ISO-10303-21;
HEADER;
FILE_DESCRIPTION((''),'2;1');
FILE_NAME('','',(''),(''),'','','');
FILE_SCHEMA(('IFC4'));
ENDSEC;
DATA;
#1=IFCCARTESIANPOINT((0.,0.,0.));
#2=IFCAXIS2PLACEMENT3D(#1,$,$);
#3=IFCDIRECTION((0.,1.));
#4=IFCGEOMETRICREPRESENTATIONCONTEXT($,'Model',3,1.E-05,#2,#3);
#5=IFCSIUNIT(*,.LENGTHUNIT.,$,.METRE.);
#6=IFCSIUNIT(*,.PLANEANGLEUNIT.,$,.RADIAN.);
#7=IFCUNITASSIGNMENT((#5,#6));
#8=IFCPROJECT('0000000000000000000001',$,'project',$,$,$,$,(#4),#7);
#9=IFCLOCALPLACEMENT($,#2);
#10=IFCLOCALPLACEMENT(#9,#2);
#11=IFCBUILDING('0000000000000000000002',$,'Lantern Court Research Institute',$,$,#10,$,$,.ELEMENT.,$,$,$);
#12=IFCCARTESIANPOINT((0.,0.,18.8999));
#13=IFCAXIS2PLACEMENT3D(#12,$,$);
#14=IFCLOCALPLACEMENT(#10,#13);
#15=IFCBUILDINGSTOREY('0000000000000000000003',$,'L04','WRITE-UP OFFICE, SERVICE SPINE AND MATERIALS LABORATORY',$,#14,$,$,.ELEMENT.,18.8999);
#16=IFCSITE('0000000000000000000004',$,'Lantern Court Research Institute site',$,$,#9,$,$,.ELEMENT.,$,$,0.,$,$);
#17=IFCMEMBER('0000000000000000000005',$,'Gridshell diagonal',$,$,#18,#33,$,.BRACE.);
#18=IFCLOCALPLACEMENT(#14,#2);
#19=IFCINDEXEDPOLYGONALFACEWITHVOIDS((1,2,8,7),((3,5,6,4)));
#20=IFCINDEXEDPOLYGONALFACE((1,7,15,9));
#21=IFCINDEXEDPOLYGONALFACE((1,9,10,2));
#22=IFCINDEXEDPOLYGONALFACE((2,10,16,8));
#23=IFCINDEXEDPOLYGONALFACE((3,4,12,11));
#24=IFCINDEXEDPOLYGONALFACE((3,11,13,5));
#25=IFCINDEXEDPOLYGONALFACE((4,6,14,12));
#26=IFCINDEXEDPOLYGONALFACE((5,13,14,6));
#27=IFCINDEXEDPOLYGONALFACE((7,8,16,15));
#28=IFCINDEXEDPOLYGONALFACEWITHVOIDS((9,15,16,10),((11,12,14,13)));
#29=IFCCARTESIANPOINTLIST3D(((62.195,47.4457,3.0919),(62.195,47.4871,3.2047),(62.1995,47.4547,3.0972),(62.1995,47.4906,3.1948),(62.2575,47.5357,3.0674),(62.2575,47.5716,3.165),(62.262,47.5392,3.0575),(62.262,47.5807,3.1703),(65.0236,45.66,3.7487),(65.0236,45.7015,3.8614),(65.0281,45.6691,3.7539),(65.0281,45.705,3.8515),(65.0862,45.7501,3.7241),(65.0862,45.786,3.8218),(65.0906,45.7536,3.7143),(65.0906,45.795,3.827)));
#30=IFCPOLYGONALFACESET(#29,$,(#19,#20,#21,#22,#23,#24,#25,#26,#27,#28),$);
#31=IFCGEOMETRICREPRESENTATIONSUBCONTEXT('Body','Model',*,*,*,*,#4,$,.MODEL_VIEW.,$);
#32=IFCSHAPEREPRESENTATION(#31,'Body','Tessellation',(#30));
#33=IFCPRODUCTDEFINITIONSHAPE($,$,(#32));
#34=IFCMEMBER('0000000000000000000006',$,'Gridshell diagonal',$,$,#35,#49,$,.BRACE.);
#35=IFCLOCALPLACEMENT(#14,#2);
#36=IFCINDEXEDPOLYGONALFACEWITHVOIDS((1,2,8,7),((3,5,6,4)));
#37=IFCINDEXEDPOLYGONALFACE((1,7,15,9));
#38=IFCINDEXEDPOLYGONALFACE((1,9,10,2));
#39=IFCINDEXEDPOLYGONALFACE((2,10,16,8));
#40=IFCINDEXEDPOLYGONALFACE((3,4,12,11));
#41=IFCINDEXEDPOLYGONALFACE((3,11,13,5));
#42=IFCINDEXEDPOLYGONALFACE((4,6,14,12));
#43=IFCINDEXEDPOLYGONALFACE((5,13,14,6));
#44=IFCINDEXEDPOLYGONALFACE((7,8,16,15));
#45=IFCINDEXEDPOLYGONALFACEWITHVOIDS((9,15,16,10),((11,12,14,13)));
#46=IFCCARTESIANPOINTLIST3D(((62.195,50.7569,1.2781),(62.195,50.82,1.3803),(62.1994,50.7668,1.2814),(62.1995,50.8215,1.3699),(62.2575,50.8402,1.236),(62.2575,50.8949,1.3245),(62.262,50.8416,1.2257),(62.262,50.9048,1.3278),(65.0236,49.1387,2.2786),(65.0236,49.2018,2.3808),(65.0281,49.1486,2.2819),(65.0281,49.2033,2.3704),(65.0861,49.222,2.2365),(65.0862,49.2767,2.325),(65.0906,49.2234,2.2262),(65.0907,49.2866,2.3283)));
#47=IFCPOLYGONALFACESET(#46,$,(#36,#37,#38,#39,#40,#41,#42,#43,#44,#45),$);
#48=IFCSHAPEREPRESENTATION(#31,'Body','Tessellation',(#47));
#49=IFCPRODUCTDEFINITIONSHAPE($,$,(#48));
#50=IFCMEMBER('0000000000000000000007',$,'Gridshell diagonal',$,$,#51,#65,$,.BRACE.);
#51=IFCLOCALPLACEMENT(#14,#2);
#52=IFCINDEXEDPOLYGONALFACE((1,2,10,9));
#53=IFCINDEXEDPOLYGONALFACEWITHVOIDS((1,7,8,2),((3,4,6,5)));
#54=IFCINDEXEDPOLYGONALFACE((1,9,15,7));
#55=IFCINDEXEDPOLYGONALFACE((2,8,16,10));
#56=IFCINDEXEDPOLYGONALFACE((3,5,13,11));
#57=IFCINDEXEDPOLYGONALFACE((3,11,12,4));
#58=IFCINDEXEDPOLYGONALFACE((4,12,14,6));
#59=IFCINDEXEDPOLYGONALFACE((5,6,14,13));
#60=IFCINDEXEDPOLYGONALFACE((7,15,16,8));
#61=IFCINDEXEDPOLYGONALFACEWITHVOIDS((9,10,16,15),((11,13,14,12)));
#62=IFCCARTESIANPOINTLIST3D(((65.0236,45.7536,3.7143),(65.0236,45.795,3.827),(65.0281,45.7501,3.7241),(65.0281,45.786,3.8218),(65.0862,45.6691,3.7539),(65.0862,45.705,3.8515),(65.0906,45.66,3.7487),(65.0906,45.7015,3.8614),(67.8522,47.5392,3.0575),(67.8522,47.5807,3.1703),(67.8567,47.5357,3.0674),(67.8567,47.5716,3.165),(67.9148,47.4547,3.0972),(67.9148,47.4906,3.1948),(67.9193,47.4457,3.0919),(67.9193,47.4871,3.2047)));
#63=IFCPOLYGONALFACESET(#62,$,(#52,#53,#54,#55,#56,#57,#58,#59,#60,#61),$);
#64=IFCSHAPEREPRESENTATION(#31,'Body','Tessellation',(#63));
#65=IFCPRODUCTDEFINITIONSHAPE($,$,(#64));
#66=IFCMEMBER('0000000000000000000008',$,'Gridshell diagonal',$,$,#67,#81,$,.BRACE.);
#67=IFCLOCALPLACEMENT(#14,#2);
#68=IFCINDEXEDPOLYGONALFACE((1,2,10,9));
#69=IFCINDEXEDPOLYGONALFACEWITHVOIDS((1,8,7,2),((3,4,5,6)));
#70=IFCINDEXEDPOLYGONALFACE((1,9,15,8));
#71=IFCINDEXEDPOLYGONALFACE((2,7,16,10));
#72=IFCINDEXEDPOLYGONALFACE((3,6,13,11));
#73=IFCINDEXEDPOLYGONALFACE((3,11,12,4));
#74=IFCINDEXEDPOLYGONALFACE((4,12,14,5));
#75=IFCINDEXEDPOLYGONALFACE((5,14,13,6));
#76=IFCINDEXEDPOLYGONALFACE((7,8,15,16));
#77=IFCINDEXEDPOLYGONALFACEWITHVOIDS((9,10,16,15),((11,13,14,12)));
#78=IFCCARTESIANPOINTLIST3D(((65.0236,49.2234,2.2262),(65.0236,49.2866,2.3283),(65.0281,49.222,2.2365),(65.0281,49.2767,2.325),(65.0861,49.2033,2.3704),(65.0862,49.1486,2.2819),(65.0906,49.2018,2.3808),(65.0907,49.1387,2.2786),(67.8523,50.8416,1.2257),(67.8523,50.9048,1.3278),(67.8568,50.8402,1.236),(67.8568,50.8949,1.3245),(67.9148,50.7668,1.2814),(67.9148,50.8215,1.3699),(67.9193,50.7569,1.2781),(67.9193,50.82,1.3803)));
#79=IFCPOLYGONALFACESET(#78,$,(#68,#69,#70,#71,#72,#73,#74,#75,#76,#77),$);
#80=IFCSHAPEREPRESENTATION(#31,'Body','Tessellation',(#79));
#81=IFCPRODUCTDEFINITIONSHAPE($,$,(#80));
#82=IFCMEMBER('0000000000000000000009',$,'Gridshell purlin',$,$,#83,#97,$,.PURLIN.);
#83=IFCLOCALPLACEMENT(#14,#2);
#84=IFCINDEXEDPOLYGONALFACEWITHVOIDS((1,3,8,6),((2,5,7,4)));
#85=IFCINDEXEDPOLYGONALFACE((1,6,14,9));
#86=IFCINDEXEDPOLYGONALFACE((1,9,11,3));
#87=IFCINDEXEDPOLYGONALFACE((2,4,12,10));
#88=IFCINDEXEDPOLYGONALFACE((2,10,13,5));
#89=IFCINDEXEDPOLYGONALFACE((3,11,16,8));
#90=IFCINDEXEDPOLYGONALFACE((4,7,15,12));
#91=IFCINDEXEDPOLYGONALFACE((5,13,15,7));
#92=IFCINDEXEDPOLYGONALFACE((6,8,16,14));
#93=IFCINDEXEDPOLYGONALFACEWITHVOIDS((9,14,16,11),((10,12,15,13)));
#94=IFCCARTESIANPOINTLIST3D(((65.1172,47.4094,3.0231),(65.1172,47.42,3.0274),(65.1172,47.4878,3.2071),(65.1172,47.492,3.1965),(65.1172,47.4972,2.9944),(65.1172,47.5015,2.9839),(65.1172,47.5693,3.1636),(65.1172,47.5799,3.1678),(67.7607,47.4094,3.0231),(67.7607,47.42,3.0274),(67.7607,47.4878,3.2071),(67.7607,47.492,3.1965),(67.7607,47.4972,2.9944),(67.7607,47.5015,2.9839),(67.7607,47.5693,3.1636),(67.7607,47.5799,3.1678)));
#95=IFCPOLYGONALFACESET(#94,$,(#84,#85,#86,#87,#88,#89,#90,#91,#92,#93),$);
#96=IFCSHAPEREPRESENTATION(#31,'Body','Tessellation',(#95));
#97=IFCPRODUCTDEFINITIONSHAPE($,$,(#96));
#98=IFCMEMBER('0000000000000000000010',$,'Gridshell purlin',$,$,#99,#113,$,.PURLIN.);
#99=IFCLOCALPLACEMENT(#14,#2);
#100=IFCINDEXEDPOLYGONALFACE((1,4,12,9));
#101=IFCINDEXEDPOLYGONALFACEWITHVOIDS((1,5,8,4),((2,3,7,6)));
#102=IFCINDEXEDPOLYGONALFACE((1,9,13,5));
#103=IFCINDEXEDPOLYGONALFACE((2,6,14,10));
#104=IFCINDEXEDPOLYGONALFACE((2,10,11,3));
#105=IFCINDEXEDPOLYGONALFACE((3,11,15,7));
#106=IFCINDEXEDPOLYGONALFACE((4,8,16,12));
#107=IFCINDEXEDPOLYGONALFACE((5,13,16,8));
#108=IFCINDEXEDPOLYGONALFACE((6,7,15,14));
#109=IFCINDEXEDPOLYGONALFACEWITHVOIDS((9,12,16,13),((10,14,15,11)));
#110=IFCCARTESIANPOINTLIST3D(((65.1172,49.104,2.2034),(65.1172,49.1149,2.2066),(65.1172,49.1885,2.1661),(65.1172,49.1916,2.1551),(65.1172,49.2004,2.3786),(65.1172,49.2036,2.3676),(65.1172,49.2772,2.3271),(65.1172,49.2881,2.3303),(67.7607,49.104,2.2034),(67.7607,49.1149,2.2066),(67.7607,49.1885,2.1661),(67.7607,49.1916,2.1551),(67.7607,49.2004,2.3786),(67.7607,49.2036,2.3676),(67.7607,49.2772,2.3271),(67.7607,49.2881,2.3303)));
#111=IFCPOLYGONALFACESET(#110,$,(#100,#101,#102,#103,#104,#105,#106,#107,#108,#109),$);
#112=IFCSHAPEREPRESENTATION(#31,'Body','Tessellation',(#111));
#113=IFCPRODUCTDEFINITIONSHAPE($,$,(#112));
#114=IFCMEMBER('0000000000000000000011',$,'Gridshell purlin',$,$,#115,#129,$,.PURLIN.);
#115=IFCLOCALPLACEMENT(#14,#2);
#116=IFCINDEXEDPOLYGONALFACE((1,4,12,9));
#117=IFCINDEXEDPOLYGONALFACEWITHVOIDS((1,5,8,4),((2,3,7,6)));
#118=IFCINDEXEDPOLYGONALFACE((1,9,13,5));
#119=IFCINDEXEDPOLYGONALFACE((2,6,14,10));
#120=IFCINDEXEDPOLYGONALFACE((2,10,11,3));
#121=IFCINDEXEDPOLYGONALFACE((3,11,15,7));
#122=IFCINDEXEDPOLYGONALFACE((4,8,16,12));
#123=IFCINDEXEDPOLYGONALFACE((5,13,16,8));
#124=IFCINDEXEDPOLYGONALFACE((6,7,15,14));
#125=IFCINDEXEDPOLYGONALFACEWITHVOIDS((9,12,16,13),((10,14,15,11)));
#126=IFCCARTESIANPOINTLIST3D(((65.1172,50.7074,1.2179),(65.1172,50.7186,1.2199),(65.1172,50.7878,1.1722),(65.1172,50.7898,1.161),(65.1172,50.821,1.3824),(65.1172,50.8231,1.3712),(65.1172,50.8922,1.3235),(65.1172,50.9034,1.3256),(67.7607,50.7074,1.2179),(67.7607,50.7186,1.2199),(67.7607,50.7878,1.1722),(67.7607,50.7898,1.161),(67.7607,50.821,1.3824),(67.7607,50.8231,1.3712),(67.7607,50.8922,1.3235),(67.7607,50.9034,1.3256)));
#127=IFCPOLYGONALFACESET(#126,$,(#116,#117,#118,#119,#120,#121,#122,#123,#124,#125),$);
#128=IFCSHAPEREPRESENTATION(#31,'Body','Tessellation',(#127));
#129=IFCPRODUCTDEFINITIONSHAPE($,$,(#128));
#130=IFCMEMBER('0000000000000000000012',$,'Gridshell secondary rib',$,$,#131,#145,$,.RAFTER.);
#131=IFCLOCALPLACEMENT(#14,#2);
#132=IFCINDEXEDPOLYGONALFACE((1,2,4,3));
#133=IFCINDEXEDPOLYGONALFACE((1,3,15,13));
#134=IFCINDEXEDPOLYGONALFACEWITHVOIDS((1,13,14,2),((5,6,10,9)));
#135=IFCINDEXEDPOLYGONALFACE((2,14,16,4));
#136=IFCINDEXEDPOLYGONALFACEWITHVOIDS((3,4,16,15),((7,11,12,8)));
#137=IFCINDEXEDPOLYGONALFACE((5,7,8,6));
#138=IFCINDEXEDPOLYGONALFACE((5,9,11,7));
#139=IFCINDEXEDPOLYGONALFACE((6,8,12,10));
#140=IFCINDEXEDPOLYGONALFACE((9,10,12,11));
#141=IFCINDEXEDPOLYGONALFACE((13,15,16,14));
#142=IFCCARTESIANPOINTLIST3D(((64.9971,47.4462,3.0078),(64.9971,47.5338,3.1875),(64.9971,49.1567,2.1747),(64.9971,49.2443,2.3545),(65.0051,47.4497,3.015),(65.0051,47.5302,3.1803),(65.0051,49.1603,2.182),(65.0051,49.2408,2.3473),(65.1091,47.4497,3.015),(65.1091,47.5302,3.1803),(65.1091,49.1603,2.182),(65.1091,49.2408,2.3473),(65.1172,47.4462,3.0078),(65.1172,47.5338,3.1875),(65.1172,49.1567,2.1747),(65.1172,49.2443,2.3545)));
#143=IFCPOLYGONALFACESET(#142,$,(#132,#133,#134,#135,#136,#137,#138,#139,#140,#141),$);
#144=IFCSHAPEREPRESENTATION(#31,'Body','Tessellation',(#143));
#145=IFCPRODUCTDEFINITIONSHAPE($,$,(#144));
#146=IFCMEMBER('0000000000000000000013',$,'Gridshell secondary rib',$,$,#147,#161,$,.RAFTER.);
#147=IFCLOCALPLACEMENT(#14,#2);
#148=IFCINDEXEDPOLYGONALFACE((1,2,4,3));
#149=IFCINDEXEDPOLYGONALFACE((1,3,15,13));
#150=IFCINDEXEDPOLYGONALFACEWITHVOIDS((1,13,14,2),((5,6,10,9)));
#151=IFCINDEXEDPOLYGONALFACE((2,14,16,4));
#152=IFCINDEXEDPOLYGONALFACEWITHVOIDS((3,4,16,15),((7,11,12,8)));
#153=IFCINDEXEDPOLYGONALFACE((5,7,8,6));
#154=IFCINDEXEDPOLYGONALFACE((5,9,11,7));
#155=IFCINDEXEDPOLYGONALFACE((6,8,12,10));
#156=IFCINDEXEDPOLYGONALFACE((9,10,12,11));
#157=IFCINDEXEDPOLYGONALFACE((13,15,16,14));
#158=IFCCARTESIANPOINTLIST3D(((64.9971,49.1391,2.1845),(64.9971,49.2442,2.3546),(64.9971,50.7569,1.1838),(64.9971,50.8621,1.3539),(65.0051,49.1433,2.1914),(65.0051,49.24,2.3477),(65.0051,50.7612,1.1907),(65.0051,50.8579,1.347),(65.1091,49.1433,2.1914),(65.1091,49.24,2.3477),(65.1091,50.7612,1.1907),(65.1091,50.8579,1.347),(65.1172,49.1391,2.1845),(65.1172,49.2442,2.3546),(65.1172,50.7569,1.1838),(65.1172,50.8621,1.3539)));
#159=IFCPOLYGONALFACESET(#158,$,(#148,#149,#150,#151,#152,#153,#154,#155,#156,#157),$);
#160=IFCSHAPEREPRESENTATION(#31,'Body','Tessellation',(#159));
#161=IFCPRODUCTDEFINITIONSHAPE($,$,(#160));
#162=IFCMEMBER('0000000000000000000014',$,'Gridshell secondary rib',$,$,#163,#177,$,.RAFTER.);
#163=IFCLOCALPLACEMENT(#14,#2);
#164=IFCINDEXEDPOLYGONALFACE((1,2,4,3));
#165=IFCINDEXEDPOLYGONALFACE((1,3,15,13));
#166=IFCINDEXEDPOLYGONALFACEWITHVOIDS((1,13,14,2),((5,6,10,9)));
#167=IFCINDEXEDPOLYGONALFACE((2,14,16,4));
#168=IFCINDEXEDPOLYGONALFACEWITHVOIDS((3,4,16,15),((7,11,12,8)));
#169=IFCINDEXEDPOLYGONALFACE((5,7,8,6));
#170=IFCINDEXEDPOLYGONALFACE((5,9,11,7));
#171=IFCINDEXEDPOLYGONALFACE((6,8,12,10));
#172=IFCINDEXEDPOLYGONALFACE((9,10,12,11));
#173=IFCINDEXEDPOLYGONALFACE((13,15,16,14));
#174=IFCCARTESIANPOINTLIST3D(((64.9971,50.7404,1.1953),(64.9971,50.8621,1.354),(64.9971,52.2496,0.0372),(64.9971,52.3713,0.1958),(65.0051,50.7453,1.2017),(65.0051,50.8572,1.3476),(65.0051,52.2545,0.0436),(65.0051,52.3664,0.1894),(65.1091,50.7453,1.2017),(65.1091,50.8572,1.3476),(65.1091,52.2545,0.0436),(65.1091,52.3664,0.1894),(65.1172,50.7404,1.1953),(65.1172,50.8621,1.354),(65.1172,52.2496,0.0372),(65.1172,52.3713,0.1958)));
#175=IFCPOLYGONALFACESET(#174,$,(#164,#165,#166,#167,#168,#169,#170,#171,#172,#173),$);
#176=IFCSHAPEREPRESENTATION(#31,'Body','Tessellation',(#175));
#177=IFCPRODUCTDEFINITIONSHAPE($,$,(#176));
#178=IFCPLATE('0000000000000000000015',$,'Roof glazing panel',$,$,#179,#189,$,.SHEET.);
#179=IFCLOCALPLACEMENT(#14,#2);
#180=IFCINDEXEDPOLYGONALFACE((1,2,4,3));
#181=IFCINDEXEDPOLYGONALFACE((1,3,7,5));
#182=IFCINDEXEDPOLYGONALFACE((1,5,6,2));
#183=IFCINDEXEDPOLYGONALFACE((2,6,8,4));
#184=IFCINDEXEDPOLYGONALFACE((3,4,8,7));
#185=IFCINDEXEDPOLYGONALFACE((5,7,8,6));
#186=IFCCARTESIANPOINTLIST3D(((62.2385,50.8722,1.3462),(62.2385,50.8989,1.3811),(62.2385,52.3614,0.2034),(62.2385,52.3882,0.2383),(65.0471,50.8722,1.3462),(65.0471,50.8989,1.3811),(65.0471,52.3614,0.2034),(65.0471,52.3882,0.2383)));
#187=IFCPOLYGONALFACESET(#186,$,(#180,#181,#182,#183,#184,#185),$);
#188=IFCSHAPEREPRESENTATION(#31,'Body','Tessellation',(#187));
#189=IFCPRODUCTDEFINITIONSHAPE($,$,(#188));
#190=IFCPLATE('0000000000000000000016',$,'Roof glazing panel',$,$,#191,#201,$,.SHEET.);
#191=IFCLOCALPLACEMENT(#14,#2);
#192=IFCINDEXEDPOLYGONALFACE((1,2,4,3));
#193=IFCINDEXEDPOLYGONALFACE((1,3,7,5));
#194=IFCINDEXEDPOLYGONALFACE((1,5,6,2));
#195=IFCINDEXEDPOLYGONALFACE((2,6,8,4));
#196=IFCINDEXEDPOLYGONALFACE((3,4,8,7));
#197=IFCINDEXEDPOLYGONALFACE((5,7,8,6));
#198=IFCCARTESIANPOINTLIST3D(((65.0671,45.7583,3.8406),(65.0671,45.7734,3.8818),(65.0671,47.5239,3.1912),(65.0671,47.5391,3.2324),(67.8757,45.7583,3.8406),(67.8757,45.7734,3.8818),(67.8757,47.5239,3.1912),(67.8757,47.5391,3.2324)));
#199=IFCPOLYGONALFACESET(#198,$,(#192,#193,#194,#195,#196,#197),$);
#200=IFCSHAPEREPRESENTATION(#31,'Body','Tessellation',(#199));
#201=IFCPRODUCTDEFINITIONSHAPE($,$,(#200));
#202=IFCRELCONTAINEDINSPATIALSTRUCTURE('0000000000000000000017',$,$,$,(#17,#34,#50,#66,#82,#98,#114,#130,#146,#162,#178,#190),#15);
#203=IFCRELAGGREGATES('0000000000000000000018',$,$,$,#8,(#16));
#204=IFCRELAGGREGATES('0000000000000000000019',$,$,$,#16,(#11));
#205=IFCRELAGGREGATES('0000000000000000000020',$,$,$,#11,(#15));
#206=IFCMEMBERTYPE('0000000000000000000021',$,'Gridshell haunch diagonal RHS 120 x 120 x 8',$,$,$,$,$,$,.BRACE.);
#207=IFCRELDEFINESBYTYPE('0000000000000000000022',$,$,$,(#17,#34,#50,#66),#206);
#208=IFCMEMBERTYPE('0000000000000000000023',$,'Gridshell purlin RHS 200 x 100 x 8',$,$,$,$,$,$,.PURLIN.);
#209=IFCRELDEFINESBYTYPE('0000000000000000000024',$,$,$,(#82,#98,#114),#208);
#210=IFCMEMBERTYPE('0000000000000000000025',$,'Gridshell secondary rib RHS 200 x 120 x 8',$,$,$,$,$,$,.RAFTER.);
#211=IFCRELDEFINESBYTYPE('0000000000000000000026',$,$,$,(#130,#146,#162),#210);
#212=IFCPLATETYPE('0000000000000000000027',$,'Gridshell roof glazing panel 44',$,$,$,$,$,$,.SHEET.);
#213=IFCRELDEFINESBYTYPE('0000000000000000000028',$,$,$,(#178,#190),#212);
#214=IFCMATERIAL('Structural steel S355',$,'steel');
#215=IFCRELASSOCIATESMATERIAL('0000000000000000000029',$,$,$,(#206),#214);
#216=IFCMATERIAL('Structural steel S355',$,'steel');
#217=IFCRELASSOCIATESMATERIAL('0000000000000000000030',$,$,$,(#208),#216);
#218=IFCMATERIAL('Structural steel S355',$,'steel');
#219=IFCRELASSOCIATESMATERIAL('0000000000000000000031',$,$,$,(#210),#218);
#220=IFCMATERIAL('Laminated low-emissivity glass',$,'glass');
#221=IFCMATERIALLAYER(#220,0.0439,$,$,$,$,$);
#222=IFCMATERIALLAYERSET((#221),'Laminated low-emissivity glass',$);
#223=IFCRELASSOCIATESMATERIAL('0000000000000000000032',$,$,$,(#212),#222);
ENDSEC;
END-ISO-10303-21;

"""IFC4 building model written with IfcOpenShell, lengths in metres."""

from ifc_helpers import new_model, si_unit, direction, frame, origin, origin_2d, place, context, subcontext, project, spatial, polyline, hollow_rectangle, outline, extrude, material, layer, layer_set, material_profile, profile_set, type_object, element, save


model = new_model("IFC4")

# Units and contexts
model_context = context("Model", 3, precision=1e-05, world=origin(), true_north=direction((0.0, 1.0)))
body_context = subcontext(model_context, "Body", "Model", "MODEL_VIEW")
ifc_project = project(units=[si_unit("LENGTHUNIT", "METRE"), si_unit("PLANEANGLEUNIT", "RADIAN")], contexts=[model_context])

# Site, building, storey
site_placement = place(None, origin())
site = spatial("IfcSite", under=ifc_project, at=site_placement, Name="Lantern Court Research Institute site", CompositionType="ELEMENT", RefElevation=0.0)
building_placement = place(site_placement, origin())
building = spatial("IfcBuilding", under=site, at=building_placement, Name="Lantern Court Research Institute", CompositionType="ELEMENT")
storey_placement = place(building_placement, frame((0.0, 0.0, 18.8999)))
storey = spatial("IfcBuildingStorey", under=building, at=storey_placement, Name="L04", Description="WRITE-UP OFFICE, SERVICE SPINE AND MATERIALS LABORATORY", CompositionType="ELEMENT", Elevation=18.8999)

# Members
ifc_material_1 = material(Name="Structural steel S355", Category="steel")
ifc_material_profile_1 = material_profile(ifc_material_1, hollow_rectangle(XDim=0.1201, YDim=0.1201, WallThickness=0.0081, at=origin_2d()), Name="Gridshell haunch diagonal RHS 120 x 120 x 8")
ifc_profile_set_1 = profile_set([ifc_material_profile_1], Name="Structural steel S355")
member_type_1 = type_object("IfcMemberType", Name="Gridshell haunch diagonal RHS 120 x 120 x 8", PredefinedType="BRACE", material=ifc_profile_set_1)
for number, where, z_axis, x_axis, name in (
    (1, (65.0571, 45.7275, 3.7878), (-0.829763, 0.523812, -0.192652), (-0.558116, -0.778754, 0.28644), "Gridshell diagonal"),
    (2, (65.0571, 49.2126, 2.3035), (-0.829777, 0.47469, -0.293494), (-0.558095, -0.705724, 0.436444), "Gridshell diagonal"),
    (3, (65.0571, 45.7275, 3.7878), (0.829763, 0.523812, -0.192652), (-0.558116, 0.778754, -0.28644), "Gridshell diagonal"),
    (4, (65.0571, 49.2126, 2.3035), (0.829777, 0.47469, -0.293494), (-0.558095, 0.705724, -0.436444), "Gridshell diagonal"),
):
    element("IfcMember", number, at=place(storey_placement, frame(where, z_axis=z_axis, x_axis=x_axis)), inside=storey, type_object=member_type_1, Name=name, PredefinedType="BRACE", context=body_context, shape_type="SweptSolid", body=[
        extrude(hollow_rectangle(XDim=0.1201, YDim=0.1201, WallThickness=0.0081, at=origin_2d()), origin(), (0.0, 0.0, 1.0), 3.4089),
    ])
ifc_material_2 = material(Name="Structural steel S355", Category="steel")
ifc_material_profile_2 = material_profile(ifc_material_2, hollow_rectangle(XDim=0.1001, YDim=0.2, WallThickness=0.0081, at=origin_2d()), Name="Gridshell purlin RHS 200 x 100 x 8")
ifc_profile_set_2 = profile_set([ifc_material_profile_2], Name="Structural steel S355")
member_type_2 = type_object("IfcMemberType", Name="Gridshell purlin RHS 200 x 100 x 8", PredefinedType="PURLIN", material=ifc_profile_set_2)
for number, where, z_axis, x_axis, name in (
    (5, (65.1172, 47.4946, 3.0955), (1.0, 0.0, 0.0), (0.0, 0.919966, -0.391999), "Gridshell purlin"),
    (6, (65.1172, 49.196, 2.2668), (1.0, 0.0, 0.0), (0.0, 0.875897, -0.482497), "Gridshell purlin"),
    (7, (65.1172, 50.8054, 1.2717), (1.0, 0.0, 0.0), (0.0, 0.822954, -0.568108), "Gridshell purlin"),
):
    element("IfcMember", number, at=place(storey_placement, frame(where, z_axis=z_axis, x_axis=x_axis)), inside=storey, type_object=member_type_2, Name=name, PredefinedType="PURLIN", context=body_context, shape_type="SweptSolid", body=[
        extrude(hollow_rectangle(XDim=0.1001, YDim=0.2, WallThickness=0.0081, at=origin_2d()), origin(), (0.0, 0.0, 1.0), 2.6436),
    ])
ifc_material_3 = material(Name="Structural steel S355", Category="steel")
ifc_material_profile_3 = material_profile(ifc_material_3, hollow_rectangle(XDim=0.1201, YDim=0.2, WallThickness=0.0081, at=origin_2d()), Name="Gridshell secondary rib RHS 200 x 120 x 8")
ifc_profile_set_3 = profile_set([ifc_material_profile_3], Name="Structural steel S355")
member_type_3 = type_object("IfcMemberType", Name="Gridshell secondary rib RHS 200 x 120 x 8", PredefinedType="RAFTER", material=ifc_profile_set_3)
member_placement = place(storey_placement, frame((65.0571, 47.49, 3.0977), z_axis=(0.0, 0.899049, -0.437847), x_axis=(-1.0, 0.0, 0.0)))
element("IfcMember", 8, at=member_placement, inside=storey, type_object=member_type_3, Name="Gridshell secondary rib", PredefinedType="RAFTER", context=body_context, shape_type="SweptSolid", body=[
    extrude(hollow_rectangle(XDim=0.1201, YDim=0.2, WallThickness=0.0081, at=origin_2d()), origin(), (0.0, 0.0, 1.0), 1.9026),
])
for number, where, z_axis, x_axis, name in (
    (9, (65.0571, 49.1917, 2.2695), (0.0, 0.850462, -0.526036), (-1.0, 0.0, 0.0), "Gridshell secondary rib"),
    (10, (65.0571, 50.8013, 1.2747), (0.0, 0.79333, -0.608792), (-1.0, 0.0, 0.0), "Gridshell secondary rib"),
):
    element("IfcMember", number, at=place(storey_placement, frame(where, z_axis=z_axis, x_axis=x_axis)), inside=storey, type_object=member_type_3, Name=name, PredefinedType="RAFTER", context=body_context, shape_type="SweptSolid", body=[
        extrude(hollow_rectangle(XDim=0.1201, YDim=0.2, WallThickness=0.0081, at=origin_2d()), origin(), (0.0, 0.0, 1.0), 1.9023),
    ])

# Plates
ifc_material_4 = material(Name="Laminated low-emissivity glass", Category="glass")
ifc_layer = layer(ifc_material_4, 0.0439)
ifc_layer_set = layer_set([ifc_layer], Name="Laminated low-emissivity glass")
plate_type = type_object("IfcPlateType", Name="Gridshell roof glazing panel 44", PredefinedType="SHEET", material=ifc_layer_set)
plate_1_placement = place(storey_placement, frame((65.0471, 50.8989, 1.3811), z_axis=(0.0, 0.608786, 0.793334), x_axis=(-1.0, 0.0, 0.0)))
element("IfcPlate", 11, at=plate_1_placement, inside=storey, type_object=plate_type, Name="Roof glazing panel", PredefinedType="SHEET", context=body_context, shape_type="SweptSolid", body=[
    extrude(outline(polyline([(0.0, 0.0), (2.8086, 0.0), (2.8086, -1.8772), (0.0, -1.8772), (0.0, 0.0)])), origin(), (0.0, 0.0, -1.0), 0.0439),
])
plate_2_placement = place(storey_placement, frame((67.8757, 45.7734, 3.8818), z_axis=(0.0, 0.3452, 0.938529), x_axis=(-1.0, 0.0, 0.0)))
element("IfcPlate", 12, at=plate_2_placement, inside=storey, type_object=plate_type, Name="Roof glazing panel", PredefinedType="SHEET", context=body_context, shape_type="SweptSolid", body=[
    extrude(outline(polyline([(0.0, 0.0), (2.8086, 0.0), (2.8086, -1.8813), (0.0, -1.8813), (0.0, 0.0)])), origin(), (0.0, 0.0, -1.0), 0.0439),
])

save(model, "model.ifc")
